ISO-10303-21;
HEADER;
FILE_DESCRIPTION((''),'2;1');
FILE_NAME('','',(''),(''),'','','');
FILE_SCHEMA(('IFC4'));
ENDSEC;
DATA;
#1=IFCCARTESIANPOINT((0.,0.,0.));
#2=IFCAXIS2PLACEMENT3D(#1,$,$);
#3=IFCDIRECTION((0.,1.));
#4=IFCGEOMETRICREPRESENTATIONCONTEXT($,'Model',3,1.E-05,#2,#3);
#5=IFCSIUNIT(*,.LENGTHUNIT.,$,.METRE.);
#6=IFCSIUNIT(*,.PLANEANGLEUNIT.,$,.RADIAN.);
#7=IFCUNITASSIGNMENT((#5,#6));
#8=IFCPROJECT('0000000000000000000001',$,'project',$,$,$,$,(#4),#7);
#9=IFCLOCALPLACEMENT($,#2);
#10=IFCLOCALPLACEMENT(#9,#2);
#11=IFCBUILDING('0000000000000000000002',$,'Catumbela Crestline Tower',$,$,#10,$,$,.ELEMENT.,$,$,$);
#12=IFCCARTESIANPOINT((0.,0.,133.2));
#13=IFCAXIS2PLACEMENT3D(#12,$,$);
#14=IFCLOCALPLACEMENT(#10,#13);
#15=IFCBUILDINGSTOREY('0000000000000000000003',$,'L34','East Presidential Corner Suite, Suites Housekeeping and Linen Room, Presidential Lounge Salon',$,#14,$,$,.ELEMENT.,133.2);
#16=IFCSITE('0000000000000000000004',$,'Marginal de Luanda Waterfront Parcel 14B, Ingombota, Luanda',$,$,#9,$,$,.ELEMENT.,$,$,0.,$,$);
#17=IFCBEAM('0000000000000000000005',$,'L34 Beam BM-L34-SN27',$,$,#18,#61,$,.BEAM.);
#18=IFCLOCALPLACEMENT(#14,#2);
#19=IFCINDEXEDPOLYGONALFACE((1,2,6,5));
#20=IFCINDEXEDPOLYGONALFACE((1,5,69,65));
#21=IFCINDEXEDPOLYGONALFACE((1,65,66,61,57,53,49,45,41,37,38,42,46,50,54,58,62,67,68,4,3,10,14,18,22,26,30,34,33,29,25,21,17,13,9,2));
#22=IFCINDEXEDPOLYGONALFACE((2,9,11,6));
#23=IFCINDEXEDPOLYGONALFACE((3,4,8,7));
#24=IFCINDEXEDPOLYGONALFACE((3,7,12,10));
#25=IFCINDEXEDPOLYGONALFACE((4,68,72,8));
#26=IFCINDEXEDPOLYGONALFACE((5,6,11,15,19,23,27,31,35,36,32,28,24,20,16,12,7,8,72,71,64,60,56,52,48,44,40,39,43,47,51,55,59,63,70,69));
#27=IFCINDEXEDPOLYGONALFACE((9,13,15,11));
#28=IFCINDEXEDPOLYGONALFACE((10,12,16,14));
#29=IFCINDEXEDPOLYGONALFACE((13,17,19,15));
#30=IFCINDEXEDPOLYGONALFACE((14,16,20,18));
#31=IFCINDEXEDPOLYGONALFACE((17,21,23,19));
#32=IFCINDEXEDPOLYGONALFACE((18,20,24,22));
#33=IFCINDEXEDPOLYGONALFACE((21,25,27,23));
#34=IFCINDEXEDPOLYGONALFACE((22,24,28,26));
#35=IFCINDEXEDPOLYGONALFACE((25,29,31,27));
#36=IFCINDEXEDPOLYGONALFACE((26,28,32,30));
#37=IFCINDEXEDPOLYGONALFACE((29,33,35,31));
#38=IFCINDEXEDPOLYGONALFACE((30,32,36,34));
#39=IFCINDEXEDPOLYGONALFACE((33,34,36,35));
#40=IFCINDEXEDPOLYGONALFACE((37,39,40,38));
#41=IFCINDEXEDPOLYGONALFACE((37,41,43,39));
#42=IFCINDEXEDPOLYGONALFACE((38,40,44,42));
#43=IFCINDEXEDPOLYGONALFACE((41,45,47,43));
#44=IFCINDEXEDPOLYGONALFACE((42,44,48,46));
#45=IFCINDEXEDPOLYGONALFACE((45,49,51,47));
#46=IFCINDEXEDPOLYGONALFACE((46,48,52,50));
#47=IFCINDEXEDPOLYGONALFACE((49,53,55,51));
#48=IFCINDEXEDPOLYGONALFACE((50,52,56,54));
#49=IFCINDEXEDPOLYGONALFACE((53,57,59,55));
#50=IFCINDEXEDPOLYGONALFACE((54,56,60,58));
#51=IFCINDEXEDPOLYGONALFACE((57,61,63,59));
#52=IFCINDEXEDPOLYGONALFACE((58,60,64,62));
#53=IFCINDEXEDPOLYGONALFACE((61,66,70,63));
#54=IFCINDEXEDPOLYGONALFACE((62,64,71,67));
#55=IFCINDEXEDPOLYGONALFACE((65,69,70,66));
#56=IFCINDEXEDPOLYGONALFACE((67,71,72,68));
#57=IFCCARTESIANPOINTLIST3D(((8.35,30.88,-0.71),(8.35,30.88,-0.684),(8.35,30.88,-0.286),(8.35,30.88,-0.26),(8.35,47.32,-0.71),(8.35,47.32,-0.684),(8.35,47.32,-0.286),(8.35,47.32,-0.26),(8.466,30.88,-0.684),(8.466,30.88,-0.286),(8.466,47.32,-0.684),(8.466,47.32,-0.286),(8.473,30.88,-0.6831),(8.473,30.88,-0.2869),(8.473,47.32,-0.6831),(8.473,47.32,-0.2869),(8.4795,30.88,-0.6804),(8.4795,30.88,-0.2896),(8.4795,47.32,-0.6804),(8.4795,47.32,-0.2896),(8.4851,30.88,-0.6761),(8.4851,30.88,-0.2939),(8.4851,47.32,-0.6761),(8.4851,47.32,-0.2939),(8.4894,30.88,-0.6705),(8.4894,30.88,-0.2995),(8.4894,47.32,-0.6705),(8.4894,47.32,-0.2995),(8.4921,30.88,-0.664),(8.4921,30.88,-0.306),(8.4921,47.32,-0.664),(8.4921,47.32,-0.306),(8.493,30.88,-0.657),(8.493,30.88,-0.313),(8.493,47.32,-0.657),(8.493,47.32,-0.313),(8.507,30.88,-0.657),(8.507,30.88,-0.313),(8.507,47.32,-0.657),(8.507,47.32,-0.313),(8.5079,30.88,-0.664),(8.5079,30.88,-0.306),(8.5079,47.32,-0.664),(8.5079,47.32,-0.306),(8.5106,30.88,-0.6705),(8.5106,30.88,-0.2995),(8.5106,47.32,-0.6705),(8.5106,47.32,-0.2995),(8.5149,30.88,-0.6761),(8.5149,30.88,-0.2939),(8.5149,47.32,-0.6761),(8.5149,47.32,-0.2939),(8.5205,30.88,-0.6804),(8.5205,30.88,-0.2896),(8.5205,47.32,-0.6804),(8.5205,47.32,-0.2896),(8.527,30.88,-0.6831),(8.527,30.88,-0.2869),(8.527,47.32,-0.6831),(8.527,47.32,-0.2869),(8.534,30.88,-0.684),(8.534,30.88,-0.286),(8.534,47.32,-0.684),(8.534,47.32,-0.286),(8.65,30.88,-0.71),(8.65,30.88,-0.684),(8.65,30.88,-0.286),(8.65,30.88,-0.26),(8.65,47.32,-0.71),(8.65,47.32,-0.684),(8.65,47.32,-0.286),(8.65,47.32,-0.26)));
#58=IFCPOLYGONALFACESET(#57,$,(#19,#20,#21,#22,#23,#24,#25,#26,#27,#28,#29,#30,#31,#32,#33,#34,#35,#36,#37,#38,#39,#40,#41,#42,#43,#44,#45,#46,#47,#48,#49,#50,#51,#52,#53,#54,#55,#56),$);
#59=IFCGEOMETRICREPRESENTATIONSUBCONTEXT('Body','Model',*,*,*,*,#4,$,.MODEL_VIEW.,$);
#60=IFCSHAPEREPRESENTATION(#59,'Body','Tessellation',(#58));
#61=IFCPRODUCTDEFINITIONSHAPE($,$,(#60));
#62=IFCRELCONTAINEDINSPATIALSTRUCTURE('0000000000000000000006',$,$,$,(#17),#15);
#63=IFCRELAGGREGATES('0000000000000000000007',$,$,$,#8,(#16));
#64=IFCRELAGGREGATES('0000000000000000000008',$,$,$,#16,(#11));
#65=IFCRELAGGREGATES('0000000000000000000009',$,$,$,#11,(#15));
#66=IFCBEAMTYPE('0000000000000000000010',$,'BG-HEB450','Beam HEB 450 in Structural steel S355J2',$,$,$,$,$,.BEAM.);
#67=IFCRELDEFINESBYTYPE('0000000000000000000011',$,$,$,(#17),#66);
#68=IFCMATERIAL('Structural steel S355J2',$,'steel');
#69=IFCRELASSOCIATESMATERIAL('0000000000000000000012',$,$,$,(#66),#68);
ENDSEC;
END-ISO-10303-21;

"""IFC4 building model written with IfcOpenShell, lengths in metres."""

from ifc_helpers import new_model, si_unit, direction, frame, origin, origin_2d, place, context, subcontext, project, spatial, i_section, extrude, material, material_profile, profile_set, type_object, element, save


model = new_model("IFC4")

# Units and contexts
model_context = context("Model", 3, precision=1e-05, world=origin(), true_north=direction((0.0, 1.0)))
body_context = subcontext(model_context, "Body", "Model", "MODEL_VIEW")
ifc_project = project(units=[si_unit("LENGTHUNIT", "METRE"), si_unit("PLANEANGLEUNIT", "RADIAN")], contexts=[model_context])

# Site, building, storey
site_placement = place(None, origin())
site = spatial("IfcSite", under=ifc_project, at=site_placement, Name="Marginal de Luanda Waterfront Parcel 14B, Ingombota, Luanda", CompositionType="ELEMENT", RefElevation=0.0)
building_placement = place(site_placement, origin())
building = spatial("IfcBuilding", under=site, at=building_placement, Name="Catumbela Crestline Tower", CompositionType="ELEMENT")
storey_placement = place(building_placement, frame((0.0, 0.0, 133.2)))
storey = spatial("IfcBuildingStorey", under=building, at=storey_placement, Name="L34", Description="East Presidential Corner Suite, Suites Housekeeping and Linen Room, Presidential Lounge Salon", CompositionType="ELEMENT", Elevation=133.2)

# Beam
ifc_material_1 = material(Name="Structural steel S355J2", Category="steel")
ifc_material_profile_1 = material_profile(ifc_material_1, i_section(OverallWidth=0.3, OverallDepth=0.45, WebThickness=0.014, FlangeThickness=0.026, FilletRadius=0.027, at=origin_2d()), Name="HEB 450")
ifc_profile_set_1 = profile_set([ifc_material_profile_1], Name="Structural steel S355J2")
beam_type = type_object("IfcBeamType", Name="BG-HEB450", Description="Beam HEB 450 in Structural steel S355J2", PredefinedType="BEAM", material=ifc_profile_set_1)
beam_1_placement = place(storey_placement, frame((8.5, 30.88, -0.485), z_axis=(0.0, 1.0, 0.0), x_axis=(-1.0, 0.0, 0.0)))
element("IfcBeam", 1, at=beam_1_placement, inside=storey, type_object=beam_type, Name="L34 Beam BM-L34-SN27", PredefinedType="BEAM", context=body_context, shape_type="SweptSolid", body=[
    extrude(i_section(OverallWidth=0.3, OverallDepth=0.45, WebThickness=0.014, FlangeThickness=0.026, FilletRadius=0.027, at=origin_2d()), origin(), (0.0, 0.0, 1.0), 16.44),
])

save(model, "model.ifc")
